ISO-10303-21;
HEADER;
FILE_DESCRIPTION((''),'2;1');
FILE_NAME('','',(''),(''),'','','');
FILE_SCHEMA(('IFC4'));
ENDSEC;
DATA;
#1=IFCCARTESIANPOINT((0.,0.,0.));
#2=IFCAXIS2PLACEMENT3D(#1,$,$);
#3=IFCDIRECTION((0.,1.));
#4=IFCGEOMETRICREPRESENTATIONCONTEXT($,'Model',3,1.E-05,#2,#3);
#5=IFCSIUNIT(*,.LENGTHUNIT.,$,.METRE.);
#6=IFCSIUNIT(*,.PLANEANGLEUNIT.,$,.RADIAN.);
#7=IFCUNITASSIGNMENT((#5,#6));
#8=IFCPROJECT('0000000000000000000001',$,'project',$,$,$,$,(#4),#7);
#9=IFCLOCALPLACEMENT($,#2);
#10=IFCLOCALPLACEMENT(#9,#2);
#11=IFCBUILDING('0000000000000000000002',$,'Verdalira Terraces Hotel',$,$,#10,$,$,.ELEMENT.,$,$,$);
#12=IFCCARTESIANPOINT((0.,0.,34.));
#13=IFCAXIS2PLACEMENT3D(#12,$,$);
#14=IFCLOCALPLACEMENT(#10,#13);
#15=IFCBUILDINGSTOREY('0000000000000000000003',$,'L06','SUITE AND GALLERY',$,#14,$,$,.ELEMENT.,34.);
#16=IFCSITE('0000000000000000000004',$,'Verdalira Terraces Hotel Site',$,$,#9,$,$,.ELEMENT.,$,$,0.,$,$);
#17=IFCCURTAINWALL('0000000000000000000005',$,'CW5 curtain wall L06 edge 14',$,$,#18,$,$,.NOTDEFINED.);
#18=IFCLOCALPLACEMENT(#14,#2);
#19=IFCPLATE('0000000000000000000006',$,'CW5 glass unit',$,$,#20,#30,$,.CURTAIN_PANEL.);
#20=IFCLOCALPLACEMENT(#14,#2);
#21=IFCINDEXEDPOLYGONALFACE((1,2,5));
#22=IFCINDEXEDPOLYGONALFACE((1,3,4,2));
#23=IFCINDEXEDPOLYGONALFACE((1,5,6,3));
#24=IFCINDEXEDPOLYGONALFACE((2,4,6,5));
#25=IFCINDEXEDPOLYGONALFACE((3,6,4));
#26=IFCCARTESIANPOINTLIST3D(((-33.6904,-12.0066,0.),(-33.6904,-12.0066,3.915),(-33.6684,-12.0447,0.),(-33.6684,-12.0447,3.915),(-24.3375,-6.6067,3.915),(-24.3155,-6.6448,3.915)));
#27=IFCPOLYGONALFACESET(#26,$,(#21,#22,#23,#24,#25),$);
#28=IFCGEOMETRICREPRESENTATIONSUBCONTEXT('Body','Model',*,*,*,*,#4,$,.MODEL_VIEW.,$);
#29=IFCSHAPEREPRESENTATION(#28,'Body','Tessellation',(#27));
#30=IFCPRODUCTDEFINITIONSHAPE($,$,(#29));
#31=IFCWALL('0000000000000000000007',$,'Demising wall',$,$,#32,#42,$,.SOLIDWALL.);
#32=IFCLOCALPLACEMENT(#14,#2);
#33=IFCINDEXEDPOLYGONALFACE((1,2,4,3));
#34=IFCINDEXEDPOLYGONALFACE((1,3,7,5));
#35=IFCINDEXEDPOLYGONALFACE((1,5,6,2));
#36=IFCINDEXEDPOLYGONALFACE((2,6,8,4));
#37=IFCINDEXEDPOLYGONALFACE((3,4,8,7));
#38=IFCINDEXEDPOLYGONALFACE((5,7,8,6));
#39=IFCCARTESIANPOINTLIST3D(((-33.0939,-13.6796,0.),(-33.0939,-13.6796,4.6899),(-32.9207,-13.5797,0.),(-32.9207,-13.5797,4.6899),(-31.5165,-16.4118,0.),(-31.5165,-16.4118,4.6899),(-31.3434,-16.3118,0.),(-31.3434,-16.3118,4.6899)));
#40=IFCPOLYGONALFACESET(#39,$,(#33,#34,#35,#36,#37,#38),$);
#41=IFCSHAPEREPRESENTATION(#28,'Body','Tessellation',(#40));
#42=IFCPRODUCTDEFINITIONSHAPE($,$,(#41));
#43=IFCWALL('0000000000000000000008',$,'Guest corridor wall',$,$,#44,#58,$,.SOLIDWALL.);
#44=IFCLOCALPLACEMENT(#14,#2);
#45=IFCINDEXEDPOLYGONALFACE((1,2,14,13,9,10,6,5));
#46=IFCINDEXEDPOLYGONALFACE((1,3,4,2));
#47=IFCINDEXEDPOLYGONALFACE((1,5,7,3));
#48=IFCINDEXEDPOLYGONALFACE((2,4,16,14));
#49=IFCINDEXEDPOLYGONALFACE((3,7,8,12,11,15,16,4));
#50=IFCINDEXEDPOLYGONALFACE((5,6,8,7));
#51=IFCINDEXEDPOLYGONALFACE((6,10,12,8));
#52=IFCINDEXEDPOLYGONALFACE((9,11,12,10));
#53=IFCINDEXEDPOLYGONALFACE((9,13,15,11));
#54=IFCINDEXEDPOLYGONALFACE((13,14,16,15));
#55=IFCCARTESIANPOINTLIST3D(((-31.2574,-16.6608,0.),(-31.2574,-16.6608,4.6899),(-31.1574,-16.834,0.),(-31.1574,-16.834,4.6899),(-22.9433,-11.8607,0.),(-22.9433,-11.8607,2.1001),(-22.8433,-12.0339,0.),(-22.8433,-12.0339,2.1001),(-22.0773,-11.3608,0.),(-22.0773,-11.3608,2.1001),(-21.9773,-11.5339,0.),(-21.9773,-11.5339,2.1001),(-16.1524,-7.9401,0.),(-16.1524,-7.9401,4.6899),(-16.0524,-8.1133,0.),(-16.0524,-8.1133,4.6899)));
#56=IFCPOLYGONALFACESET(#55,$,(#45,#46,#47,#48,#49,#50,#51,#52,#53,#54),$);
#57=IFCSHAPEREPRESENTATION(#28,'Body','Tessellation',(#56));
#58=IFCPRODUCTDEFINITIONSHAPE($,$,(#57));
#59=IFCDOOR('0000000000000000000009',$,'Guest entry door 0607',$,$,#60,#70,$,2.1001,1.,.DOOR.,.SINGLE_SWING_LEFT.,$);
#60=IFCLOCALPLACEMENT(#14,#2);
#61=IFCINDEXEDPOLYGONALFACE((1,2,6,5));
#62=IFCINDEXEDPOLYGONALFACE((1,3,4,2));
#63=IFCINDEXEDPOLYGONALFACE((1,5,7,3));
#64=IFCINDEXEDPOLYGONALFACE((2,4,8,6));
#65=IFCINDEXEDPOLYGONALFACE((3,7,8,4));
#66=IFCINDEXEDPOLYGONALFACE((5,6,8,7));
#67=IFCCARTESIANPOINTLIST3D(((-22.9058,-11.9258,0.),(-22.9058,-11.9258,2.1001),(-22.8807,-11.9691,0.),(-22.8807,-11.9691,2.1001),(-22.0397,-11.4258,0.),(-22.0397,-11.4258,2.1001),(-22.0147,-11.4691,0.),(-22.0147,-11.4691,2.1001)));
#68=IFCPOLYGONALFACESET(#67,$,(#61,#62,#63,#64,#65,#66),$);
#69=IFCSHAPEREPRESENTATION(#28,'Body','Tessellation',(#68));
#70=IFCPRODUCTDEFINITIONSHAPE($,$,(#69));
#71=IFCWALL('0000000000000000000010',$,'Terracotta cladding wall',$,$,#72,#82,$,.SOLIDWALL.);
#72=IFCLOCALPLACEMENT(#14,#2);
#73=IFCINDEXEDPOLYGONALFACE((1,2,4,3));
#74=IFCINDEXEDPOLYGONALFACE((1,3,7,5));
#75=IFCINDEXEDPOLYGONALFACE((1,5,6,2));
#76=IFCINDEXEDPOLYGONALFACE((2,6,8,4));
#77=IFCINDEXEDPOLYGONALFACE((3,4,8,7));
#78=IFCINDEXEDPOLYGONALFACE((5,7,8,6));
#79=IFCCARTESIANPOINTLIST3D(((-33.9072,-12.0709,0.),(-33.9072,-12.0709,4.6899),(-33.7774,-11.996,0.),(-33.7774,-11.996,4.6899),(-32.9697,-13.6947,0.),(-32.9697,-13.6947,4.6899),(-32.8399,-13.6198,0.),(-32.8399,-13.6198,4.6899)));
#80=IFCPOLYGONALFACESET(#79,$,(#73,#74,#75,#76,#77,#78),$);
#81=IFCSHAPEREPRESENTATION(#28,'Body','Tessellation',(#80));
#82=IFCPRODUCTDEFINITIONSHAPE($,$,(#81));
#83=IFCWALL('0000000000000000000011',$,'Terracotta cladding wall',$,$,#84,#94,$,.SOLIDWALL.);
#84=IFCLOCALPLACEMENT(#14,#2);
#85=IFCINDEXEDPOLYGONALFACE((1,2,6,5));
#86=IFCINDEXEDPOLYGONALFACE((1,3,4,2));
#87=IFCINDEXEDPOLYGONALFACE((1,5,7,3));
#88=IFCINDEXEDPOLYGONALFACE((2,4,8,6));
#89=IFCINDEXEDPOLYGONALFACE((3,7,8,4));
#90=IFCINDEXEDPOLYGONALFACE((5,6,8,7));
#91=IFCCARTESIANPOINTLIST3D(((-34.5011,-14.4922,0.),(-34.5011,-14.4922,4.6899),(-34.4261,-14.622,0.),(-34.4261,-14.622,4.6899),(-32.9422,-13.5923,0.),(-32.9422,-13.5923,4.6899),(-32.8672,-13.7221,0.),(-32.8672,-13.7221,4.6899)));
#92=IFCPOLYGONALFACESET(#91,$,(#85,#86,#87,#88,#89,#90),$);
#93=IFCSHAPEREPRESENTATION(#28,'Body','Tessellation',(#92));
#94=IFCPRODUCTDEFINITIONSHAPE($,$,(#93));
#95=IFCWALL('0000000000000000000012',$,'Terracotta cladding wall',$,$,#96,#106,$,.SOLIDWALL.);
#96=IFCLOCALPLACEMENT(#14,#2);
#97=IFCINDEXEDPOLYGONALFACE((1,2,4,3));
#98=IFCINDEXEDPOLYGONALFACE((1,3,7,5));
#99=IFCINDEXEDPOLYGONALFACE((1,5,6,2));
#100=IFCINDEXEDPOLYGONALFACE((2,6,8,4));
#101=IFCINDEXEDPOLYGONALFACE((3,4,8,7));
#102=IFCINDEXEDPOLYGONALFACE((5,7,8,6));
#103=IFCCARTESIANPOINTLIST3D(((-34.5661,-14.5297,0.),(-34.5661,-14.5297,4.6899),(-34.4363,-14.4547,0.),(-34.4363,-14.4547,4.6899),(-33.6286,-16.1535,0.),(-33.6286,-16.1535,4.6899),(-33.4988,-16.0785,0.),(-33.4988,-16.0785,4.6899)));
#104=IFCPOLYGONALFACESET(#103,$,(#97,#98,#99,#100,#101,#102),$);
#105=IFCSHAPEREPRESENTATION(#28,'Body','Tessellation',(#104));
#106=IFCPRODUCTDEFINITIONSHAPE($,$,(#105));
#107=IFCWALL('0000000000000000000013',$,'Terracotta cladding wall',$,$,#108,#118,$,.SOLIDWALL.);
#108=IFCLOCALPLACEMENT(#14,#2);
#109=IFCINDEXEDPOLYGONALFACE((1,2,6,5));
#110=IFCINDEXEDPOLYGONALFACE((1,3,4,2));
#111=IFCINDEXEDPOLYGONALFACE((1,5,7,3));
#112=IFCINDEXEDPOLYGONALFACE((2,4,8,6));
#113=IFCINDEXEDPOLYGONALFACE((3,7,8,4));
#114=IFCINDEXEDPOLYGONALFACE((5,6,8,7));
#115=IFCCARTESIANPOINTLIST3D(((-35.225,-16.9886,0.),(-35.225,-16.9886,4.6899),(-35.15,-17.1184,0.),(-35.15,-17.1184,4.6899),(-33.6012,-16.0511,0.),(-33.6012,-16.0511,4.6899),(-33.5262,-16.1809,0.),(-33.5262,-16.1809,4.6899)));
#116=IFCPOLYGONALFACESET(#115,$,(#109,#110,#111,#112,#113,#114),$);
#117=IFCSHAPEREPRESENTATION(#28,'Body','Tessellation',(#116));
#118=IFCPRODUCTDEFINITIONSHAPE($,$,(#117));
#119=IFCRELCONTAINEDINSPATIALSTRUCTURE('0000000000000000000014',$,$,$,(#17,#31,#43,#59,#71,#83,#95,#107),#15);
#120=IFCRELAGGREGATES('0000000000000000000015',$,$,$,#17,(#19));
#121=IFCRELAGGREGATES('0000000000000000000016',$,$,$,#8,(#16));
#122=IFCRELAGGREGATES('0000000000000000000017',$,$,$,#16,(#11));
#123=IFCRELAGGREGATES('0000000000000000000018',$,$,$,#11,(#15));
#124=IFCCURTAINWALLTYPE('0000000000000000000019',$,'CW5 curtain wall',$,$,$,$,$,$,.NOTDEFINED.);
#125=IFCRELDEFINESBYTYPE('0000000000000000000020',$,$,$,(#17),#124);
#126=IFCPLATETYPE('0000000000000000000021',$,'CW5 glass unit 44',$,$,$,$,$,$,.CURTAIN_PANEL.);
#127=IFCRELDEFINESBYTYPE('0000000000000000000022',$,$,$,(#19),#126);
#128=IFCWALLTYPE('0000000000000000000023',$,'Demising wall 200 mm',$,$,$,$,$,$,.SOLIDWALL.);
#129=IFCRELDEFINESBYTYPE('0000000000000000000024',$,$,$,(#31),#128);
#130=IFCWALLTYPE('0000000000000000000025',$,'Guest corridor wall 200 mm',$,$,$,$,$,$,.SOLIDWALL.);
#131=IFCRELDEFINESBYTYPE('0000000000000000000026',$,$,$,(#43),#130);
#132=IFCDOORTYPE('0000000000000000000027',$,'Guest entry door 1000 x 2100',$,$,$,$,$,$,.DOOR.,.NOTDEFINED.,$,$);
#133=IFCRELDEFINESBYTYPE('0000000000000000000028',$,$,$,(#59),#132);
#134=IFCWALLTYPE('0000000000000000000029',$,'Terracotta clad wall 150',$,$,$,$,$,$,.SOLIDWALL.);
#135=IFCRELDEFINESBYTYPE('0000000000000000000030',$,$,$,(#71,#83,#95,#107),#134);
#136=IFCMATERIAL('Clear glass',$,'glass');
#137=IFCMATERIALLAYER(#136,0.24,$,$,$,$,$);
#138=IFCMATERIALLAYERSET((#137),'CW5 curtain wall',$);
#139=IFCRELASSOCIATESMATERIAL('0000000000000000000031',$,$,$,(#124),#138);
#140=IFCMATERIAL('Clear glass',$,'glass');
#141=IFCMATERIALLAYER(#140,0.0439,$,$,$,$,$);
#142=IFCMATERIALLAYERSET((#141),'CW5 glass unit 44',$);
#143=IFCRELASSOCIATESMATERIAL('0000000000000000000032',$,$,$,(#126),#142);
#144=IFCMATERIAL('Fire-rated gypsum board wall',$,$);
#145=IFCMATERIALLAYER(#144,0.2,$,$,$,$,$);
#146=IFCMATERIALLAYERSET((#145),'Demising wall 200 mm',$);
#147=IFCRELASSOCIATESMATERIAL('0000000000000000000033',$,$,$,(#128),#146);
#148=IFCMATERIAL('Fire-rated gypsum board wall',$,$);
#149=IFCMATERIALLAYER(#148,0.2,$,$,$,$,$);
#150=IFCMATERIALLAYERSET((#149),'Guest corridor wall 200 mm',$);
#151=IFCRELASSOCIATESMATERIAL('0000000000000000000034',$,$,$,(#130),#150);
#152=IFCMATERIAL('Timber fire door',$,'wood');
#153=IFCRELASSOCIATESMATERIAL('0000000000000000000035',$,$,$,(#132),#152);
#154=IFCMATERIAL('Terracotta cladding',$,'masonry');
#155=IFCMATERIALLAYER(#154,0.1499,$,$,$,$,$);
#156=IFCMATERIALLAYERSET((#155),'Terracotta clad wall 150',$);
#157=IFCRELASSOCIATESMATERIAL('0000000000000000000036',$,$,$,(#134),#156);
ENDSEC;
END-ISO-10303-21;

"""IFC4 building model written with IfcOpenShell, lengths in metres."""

from ifc_helpers import new_model, si_unit, direction, frame, frame_2d, origin, place, context, subcontext, project, spatial, polyline, rectangle, outline, extrude, material, layer, layer_set, type_object, element, fill, aggregate, save


model = new_model("IFC4")

# Units and contexts
model_context = context("Model", 3, precision=1e-05, world=origin(), true_north=direction((0.0, 1.0)))
body_context = subcontext(model_context, "Body", "Model", "MODEL_VIEW")
ifc_project = project(units=[si_unit("LENGTHUNIT", "METRE"), si_unit("PLANEANGLEUNIT", "RADIAN")], contexts=[model_context])

# Site, building, storey
site_placement = place(None, origin())
site = spatial("IfcSite", under=ifc_project, at=site_placement, Name="Verdalira Terraces Hotel Site", CompositionType="ELEMENT", RefElevation=0.0)
building_placement = place(site_placement, origin())
building = spatial("IfcBuilding", under=site, at=building_placement, Name="Verdalira Terraces Hotel", CompositionType="ELEMENT")
storey_placement = place(building_placement, frame((0.0, 0.0, 34.0)))
storey = spatial("IfcBuildingStorey", under=building, at=storey_placement, Name="L06", Description="SUITE AND GALLERY", CompositionType="ELEMENT", Elevation=34.0)

# Shared definitions
ifc_material_1 = material(Name="Clear glass", Category="glass")
ifc_layer_1 = layer(ifc_material_1, 0.24)
ifc_layer_set_1 = layer_set([ifc_layer_1], Name="CW5 curtain wall")
curtain_wall_type = type_object("IfcCurtainWallType", Name="CW5 curtain wall", PredefinedType="NOTDEFINED", material=ifc_layer_set_1)

# Curtain wall, plate
curtain_wall_1_placement = place(storey_placement, origin())
curtain_wall_1 = element("IfcCurtainWall", 1, at=curtain_wall_1_placement, inside=storey, type_object=curtain_wall_type, Name="CW5 curtain wall L06 edge 14", PredefinedType="NOTDEFINED")
ifc_material_2 = material(Name="Clear glass", Category="glass")
ifc_layer_2 = layer(ifc_material_2, 0.0439)
ifc_layer_set_2 = layer_set([ifc_layer_2], Name="CW5 glass unit 44")
plate_type = type_object("IfcPlateType", Name="CW5 glass unit 44", PredefinedType="CURTAIN_PANEL", material=ifc_layer_set_2)
plate_1_placement = place(storey_placement, frame((-28.9919, -9.3447, 1.9575), z_axis=(-0.5, 0.866025, 0.0), x_axis=(-0.866025, -0.5, 0.0)))
plate_1 = element("IfcPlate", 2, at=plate_1_placement, type_object=plate_type, Name="CW5 glass unit", PredefinedType="CURTAIN_PANEL", context=body_context, shape_type="SweptSolid", body=[
    extrude(outline(polyline([(5.3999, -1.9575), (5.3999, 1.9575), (-5.3999, 1.9575), (5.3999, -1.9575)])), origin(), (0.0, 0.0, 1.0), 0.0439),
])
aggregate(curtain_wall_1, [plate_1])

# Wall
ifc_material_3 = material(Name="Fire-rated gypsum board wall")
ifc_layer_3 = layer(ifc_material_3, 0.2)
ifc_layer_set_3 = layer_set([ifc_layer_3], Name="Demising wall 200 mm")
wall_type_1 = type_object("IfcWallType", Name="Demising wall 200 mm", PredefinedType="SOLIDWALL", material=ifc_layer_set_3)
wall_1_placement = place(storey_placement, frame((-33.0073, -13.6296, 0.0), z_axis=(0.0, 0.0, 1.0), x_axis=(0.499993, -0.86603, 0.0)))
element("IfcWall", 3, at=wall_1_placement, inside=storey, type_object=wall_type_1, Name="Demising wall", PredefinedType="SOLIDWALL", context=body_context, shape_type="SweptSolid", body=[
    extrude(rectangle(XDim=3.1548, YDim=0.2, at=frame_2d((1.5774, 0.0))), origin(), (0.0, 0.0, 1.0), 4.6899),
])

# Wall, opening, door
ifc_material_4 = material(Name="Fire-rated gypsum board wall")
ifc_layer_4 = layer(ifc_material_4, 0.2)
ifc_layer_set_4 = layer_set([ifc_layer_4], Name="Guest corridor wall 200 mm")
wall_type_2 = type_object("IfcWallType", Name="Guest corridor wall 200 mm", PredefinedType="SOLIDWALL", material=ifc_layer_set_4)
wall_2_placement = place(storey_placement, frame((-31.2073, -16.7473, 0.0), z_axis=(0.0, 0.0, 1.0), x_axis=(0.866029, 0.499993, 0.0)))
wall_2 = element("IfcWall", 4, at=wall_2_placement, inside=storey, type_object=wall_type_2, Name="Guest corridor wall", PredefinedType="SOLIDWALL", context=body_context, shape_type="SweptSolid", body=[
    extrude(rectangle(XDim=17.4416, YDim=0.2, at=frame_2d((8.7207, 0.0))), origin(), (0.0, 0.0, 1.0), 4.6899),
])
opening_placement = place(wall_2_placement, frame((9.6001, 0.0, 0.0)))
opening = element("IfcOpeningElement", 5, at=opening_placement, cuts=wall_2, PredefinedType="OPENING", context=body_context, shape_type="SweptSolid", body=[
    extrude(rectangle(XDim=1.0, YDim=2.1001, at=frame_2d((0.5, 1.05))), frame((0.0, 0.1099, 0.0), z_axis=(0.0, -1.0, 0.0), x_axis=(1.0, 0.0, 0.0)), (0.0, 0.0, 1.0), 0.22),
])
ifc_material_5 = material(Name="Timber fire door", Category="wood")
door_type = type_object("IfcDoorType", Name="Guest entry door 1000 x 2100", OperationType="NOTDEFINED", PredefinedType="DOOR", material=ifc_material_5)
door_placement = place(opening_placement, origin())
door = element("IfcDoor", 6, at=door_placement, inside=storey, type_object=door_type, Name="Guest entry door 0607", OperationType="SINGLE_SWING_LEFT", OverallHeight=2.1001, OverallWidth=1.0, PredefinedType="DOOR", context=body_context, shape_type="SweptSolid", body=[
    extrude(rectangle(XDim=1.0, YDim=2.1001, at=frame_2d((0.5, 1.05))), frame((0.0, 0.0249, 0.0), z_axis=(0.0, -1.0, 0.0), x_axis=(1.0, 0.0, 0.0)), (0.0, 0.0, 1.0), 0.05),
])
fill(opening, door)

# Walls
ifc_material_6 = material(Name="Terracotta cladding", Category="masonry")
ifc_layer_5 = layer(ifc_material_6, 0.1499)
ifc_layer_set_5 = layer_set([ifc_layer_5], Name="Terracotta clad wall 150")
wall_type_3 = type_object("IfcWallType", Name="Terracotta clad wall 150", PredefinedType="SOLIDWALL", material=ifc_layer_set_5)
wall_3_placement = place(storey_placement, frame((-33.8423, -12.0334, 0.0), z_axis=(0.0, 0.0, 1.0), x_axis=(0.500004, -0.866023, 0.0)))
element("IfcWall", 7, at=wall_3_placement, inside=storey, type_object=wall_type_3, Name="Terracotta cladding wall", PredefinedType="SOLIDWALL", context=body_context, shape_type="SweptSolid", body=[
    extrude(rectangle(XDim=1.875, YDim=0.1499, at=frame_2d((0.9375, 0.0))), origin(), (0.0, 0.0, 1.0), 4.6899),
])
wall_4_placement = place(storey_placement, frame((-32.9048, -13.6572, 0.0), z_axis=(0.0, 0.0, 1.0), x_axis=(-0.866048, -0.499961, 0.0)))
element("IfcWall", 8, at=wall_4_placement, inside=storey, type_object=wall_type_3, Name="Terracotta cladding wall", PredefinedType="SOLIDWALL", context=body_context, shape_type="SweptSolid", body=[
    extrude(rectangle(XDim=1.8, YDim=0.1499, at=frame_2d((0.8999, 0.0))), origin(), (0.0, 0.0, 1.0), 4.6899),
])
for number, where, z_axis, x_axis, name in (
    (9, (-34.5012, -14.4922, 0.0), (0.0, 0.0, 1.0), (0.500004, -0.866023, 0.0), "Terracotta cladding wall"),
    (10, (-33.5637, -16.116, 0.0), (0.0, 0.0, 1.0), (-0.866023, -0.500004, 0.0), "Terracotta cladding wall"),
):
    element("IfcWall", number, at=place(storey_placement, frame(where, z_axis=z_axis, x_axis=x_axis)), inside=storey, type_object=wall_type_3, Name=name, PredefinedType="SOLIDWALL", context=body_context, shape_type="SweptSolid", body=[
        extrude(rectangle(XDim=1.875, YDim=0.1499, at=frame_2d((0.9375, 0.0))), origin(), (0.0, 0.0, 1.0), 4.6899),
    ])

save(model, "model.ifc")
